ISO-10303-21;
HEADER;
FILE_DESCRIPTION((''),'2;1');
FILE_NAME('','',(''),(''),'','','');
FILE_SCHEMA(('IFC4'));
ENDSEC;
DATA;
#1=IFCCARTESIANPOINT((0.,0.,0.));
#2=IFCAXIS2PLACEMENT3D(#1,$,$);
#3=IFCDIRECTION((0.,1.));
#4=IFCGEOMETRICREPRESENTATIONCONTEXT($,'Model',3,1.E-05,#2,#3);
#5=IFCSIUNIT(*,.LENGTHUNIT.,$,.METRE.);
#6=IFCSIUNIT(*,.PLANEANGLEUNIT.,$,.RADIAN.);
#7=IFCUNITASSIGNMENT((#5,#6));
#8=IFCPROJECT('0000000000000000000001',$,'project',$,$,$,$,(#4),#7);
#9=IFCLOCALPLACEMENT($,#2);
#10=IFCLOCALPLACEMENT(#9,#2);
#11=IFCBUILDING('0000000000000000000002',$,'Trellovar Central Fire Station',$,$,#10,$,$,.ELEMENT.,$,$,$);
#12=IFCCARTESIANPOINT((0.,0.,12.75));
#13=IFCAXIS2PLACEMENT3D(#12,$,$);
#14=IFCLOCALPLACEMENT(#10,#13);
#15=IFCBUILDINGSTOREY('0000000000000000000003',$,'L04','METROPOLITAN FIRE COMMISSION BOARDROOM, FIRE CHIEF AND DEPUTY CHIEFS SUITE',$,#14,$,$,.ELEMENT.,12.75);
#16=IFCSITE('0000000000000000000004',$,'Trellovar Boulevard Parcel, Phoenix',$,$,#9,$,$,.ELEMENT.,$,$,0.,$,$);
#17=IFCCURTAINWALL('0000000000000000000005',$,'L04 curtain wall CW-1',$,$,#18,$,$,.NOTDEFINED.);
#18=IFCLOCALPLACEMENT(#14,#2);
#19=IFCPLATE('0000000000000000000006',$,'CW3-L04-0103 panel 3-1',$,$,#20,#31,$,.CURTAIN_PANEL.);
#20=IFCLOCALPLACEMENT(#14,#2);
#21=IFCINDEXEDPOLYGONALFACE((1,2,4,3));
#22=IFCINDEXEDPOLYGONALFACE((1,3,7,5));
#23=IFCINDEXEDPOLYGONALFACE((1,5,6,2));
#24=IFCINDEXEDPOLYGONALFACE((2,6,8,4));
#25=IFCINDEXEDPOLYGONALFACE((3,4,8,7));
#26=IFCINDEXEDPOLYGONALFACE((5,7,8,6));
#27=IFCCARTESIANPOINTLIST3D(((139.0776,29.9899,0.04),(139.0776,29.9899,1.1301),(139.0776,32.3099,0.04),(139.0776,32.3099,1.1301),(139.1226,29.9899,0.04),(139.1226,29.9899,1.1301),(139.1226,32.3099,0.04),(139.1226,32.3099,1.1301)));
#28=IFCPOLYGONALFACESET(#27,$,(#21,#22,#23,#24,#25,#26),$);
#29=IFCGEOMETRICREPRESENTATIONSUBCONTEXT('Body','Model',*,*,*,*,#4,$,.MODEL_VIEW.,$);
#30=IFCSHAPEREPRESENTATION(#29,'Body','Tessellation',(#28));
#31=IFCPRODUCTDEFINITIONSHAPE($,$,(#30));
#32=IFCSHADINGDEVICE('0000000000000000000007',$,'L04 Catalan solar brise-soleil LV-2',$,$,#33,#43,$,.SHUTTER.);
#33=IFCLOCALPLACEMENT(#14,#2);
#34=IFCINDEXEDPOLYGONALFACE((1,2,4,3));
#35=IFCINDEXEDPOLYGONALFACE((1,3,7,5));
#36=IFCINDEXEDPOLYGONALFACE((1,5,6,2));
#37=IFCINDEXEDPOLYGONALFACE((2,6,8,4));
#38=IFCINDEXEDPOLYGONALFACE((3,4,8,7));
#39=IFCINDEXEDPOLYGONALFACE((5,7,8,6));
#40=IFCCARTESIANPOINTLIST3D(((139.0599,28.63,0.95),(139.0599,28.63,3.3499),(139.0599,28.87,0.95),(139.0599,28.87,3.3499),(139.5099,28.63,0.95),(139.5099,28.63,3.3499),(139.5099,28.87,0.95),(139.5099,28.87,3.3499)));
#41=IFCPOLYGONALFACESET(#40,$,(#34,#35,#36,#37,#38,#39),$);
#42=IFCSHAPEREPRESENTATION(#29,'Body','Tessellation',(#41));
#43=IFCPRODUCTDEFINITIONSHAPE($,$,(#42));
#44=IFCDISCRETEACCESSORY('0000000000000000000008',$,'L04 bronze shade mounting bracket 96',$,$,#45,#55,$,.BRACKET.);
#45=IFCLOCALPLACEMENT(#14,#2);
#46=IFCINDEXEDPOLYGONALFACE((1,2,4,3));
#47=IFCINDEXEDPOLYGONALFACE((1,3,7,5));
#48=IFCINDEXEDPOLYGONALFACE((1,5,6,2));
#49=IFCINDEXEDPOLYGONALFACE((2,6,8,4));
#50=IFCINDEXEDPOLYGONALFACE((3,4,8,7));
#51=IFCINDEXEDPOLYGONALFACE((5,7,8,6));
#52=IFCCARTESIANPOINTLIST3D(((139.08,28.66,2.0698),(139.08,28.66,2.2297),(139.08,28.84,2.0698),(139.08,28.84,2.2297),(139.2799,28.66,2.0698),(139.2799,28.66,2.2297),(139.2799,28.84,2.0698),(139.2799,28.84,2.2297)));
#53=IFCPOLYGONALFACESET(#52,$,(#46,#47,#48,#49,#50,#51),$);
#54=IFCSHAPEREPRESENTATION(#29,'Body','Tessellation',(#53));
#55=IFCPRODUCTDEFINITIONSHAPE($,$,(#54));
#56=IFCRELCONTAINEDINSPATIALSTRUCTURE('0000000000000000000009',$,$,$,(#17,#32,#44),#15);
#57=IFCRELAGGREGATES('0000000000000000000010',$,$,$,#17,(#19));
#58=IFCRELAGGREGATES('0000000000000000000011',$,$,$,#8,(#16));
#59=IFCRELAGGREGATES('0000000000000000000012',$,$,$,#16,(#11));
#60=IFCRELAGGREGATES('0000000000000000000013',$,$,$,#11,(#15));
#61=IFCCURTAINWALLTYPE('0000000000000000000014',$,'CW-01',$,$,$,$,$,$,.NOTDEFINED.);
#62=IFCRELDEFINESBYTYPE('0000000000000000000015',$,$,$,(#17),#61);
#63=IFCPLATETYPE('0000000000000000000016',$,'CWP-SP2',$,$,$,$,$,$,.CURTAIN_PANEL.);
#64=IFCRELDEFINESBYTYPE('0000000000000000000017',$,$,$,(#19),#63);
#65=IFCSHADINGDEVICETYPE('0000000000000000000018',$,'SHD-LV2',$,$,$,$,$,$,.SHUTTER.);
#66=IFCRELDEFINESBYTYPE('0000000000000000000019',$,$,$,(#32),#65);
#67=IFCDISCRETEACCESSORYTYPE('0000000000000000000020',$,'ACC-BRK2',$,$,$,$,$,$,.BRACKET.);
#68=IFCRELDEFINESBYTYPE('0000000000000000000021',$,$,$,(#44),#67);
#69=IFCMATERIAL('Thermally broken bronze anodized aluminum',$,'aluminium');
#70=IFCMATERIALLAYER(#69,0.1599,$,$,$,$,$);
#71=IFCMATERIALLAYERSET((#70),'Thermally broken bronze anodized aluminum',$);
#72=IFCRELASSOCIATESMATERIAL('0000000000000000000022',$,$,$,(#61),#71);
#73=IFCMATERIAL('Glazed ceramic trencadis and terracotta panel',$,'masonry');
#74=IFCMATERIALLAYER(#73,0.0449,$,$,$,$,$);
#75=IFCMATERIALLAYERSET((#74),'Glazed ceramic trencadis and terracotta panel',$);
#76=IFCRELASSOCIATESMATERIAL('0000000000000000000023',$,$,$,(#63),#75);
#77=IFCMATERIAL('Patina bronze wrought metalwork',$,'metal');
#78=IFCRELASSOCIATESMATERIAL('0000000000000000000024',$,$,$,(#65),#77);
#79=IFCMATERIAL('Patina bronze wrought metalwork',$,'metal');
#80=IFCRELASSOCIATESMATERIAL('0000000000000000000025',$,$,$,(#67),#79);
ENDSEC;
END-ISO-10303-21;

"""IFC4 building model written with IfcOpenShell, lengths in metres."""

from ifc_helpers import new_model, si_unit, direction, frame, origin, origin_2d, place, context, subcontext, project, spatial, rectangle, extrude, material, layer, layer_set, type_object, element, aggregate, save


model = new_model("IFC4")

# Units and contexts
model_context = context("Model", 3, precision=1e-05, world=origin(), true_north=direction((0.0, 1.0)))
body_context = subcontext(model_context, "Body", "Model", "MODEL_VIEW")
ifc_project = project(units=[si_unit("LENGTHUNIT", "METRE"), si_unit("PLANEANGLEUNIT", "RADIAN")], contexts=[model_context])

# Site, building, storey
site_placement = place(None, origin())
site = spatial("IfcSite", under=ifc_project, at=site_placement, Name="Trellovar Boulevard Parcel, Phoenix", CompositionType="ELEMENT", RefElevation=0.0)
building_placement = place(site_placement, origin())
building = spatial("IfcBuilding", under=site, at=building_placement, Name="Trellovar Central Fire Station", CompositionType="ELEMENT")
storey_placement = place(building_placement, frame((0.0, 0.0, 12.75)))
storey = spatial("IfcBuildingStorey", under=building, at=storey_placement, Name="L04", Description="METROPOLITAN FIRE COMMISSION BOARDROOM, FIRE CHIEF AND DEPUTY CHIEFS SUITE", CompositionType="ELEMENT", Elevation=12.75)

# Curtain wall, plate
ifc_material_1 = material(Name="Thermally broken bronze anodized aluminum", Category="aluminium")
ifc_layer_1 = layer(ifc_material_1, 0.1599)
ifc_layer_set_1 = layer_set([ifc_layer_1], Name="Thermally broken bronze anodized aluminum")
curtain_wall_type = type_object("IfcCurtainWallType", Name="CW-01", PredefinedType="NOTDEFINED", material=ifc_layer_set_1)
curtain_wall_placement = place(storey_placement, origin())
curtain_wall = element("IfcCurtainWall", 1, at=curtain_wall_placement, inside=storey, type_object=curtain_wall_type, Name="L04 curtain wall CW-1", PredefinedType="NOTDEFINED")
ifc_material_2 = material(Name="Glazed ceramic trencadis and terracotta panel", Category="masonry")
ifc_layer_2 = layer(ifc_material_2, 0.0449)
ifc_layer_set_2 = layer_set([ifc_layer_2], Name="Glazed ceramic trencadis and terracotta panel")
plate_type_1 = type_object("IfcPlateType", Name="CWP-SP2", PredefinedType="CURTAIN_PANEL", material=ifc_layer_set_2)
plate_1_placement = place(storey_placement, frame((139.1001, 31.1499, 0.04), z_axis=(0.0, 0.0, 1.0), x_axis=(0.0, 1.0, 0.0)))
plate_1 = element("IfcPlate", 2, at=plate_1_placement, type_object=plate_type_1, Name="CW3-L04-0103 panel 3-1", PredefinedType="CURTAIN_PANEL", context=body_context, shape_type="SweptSolid", body=[
    extrude(rectangle(XDim=2.3201, YDim=0.0449, at=origin_2d()), origin(), (0.0, 0.0, 1.0), 1.0901),
])
aggregate(curtain_wall, [plate_1])

# Shading device
ifc_material_3 = material(Name="Patina bronze wrought metalwork", Category="metal")
shading_device_type = type_object("IfcShadingDeviceType", Name="SHD-LV2", PredefinedType="SHUTTER", material=ifc_material_3)
shading_device_placement = place(storey_placement, frame((139.2849, 28.75, 0.95), z_axis=(0.0, 0.0, 1.0), x_axis=(1.0, 0.0, 0.0)))
element("IfcShadingDevice", 3, at=shading_device_placement, inside=storey, type_object=shading_device_type, Name="L04 Catalan solar brise-soleil LV-2", PredefinedType="SHUTTER", context=body_context, shape_type="SweptSolid", body=[
    extrude(rectangle(XDim=0.45, YDim=0.24, at=origin_2d()), origin(), (0.0, 0.0, 1.0), 2.3999),
])

# Discrete accessory
ifc_material_4 = material(Name="Patina bronze wrought metalwork", Category="metal")
discrete_accessory_type = type_object("IfcDiscreteAccessoryType", Name="ACC-BRK2", PredefinedType="BRACKET", material=ifc_material_4)
discrete_accessory_placement = place(storey_placement, frame((139.1799, 28.75, 2.0698), z_axis=(0.0, 0.0, 1.0), x_axis=(1.0, 0.0, 0.0)))
element("IfcDiscreteAccessory", 4, at=discrete_accessory_placement, inside=storey, type_object=discrete_accessory_type, Name="L04 bronze shade mounting bracket 96", PredefinedType="BRACKET", context=body_context, shape_type="SweptSolid", body=[
    extrude(rectangle(XDim=0.2, YDim=0.1799, at=origin_2d()), origin(), (0.0, 0.0, 1.0), 0.1599),
])

save(model, "model.ifc")
